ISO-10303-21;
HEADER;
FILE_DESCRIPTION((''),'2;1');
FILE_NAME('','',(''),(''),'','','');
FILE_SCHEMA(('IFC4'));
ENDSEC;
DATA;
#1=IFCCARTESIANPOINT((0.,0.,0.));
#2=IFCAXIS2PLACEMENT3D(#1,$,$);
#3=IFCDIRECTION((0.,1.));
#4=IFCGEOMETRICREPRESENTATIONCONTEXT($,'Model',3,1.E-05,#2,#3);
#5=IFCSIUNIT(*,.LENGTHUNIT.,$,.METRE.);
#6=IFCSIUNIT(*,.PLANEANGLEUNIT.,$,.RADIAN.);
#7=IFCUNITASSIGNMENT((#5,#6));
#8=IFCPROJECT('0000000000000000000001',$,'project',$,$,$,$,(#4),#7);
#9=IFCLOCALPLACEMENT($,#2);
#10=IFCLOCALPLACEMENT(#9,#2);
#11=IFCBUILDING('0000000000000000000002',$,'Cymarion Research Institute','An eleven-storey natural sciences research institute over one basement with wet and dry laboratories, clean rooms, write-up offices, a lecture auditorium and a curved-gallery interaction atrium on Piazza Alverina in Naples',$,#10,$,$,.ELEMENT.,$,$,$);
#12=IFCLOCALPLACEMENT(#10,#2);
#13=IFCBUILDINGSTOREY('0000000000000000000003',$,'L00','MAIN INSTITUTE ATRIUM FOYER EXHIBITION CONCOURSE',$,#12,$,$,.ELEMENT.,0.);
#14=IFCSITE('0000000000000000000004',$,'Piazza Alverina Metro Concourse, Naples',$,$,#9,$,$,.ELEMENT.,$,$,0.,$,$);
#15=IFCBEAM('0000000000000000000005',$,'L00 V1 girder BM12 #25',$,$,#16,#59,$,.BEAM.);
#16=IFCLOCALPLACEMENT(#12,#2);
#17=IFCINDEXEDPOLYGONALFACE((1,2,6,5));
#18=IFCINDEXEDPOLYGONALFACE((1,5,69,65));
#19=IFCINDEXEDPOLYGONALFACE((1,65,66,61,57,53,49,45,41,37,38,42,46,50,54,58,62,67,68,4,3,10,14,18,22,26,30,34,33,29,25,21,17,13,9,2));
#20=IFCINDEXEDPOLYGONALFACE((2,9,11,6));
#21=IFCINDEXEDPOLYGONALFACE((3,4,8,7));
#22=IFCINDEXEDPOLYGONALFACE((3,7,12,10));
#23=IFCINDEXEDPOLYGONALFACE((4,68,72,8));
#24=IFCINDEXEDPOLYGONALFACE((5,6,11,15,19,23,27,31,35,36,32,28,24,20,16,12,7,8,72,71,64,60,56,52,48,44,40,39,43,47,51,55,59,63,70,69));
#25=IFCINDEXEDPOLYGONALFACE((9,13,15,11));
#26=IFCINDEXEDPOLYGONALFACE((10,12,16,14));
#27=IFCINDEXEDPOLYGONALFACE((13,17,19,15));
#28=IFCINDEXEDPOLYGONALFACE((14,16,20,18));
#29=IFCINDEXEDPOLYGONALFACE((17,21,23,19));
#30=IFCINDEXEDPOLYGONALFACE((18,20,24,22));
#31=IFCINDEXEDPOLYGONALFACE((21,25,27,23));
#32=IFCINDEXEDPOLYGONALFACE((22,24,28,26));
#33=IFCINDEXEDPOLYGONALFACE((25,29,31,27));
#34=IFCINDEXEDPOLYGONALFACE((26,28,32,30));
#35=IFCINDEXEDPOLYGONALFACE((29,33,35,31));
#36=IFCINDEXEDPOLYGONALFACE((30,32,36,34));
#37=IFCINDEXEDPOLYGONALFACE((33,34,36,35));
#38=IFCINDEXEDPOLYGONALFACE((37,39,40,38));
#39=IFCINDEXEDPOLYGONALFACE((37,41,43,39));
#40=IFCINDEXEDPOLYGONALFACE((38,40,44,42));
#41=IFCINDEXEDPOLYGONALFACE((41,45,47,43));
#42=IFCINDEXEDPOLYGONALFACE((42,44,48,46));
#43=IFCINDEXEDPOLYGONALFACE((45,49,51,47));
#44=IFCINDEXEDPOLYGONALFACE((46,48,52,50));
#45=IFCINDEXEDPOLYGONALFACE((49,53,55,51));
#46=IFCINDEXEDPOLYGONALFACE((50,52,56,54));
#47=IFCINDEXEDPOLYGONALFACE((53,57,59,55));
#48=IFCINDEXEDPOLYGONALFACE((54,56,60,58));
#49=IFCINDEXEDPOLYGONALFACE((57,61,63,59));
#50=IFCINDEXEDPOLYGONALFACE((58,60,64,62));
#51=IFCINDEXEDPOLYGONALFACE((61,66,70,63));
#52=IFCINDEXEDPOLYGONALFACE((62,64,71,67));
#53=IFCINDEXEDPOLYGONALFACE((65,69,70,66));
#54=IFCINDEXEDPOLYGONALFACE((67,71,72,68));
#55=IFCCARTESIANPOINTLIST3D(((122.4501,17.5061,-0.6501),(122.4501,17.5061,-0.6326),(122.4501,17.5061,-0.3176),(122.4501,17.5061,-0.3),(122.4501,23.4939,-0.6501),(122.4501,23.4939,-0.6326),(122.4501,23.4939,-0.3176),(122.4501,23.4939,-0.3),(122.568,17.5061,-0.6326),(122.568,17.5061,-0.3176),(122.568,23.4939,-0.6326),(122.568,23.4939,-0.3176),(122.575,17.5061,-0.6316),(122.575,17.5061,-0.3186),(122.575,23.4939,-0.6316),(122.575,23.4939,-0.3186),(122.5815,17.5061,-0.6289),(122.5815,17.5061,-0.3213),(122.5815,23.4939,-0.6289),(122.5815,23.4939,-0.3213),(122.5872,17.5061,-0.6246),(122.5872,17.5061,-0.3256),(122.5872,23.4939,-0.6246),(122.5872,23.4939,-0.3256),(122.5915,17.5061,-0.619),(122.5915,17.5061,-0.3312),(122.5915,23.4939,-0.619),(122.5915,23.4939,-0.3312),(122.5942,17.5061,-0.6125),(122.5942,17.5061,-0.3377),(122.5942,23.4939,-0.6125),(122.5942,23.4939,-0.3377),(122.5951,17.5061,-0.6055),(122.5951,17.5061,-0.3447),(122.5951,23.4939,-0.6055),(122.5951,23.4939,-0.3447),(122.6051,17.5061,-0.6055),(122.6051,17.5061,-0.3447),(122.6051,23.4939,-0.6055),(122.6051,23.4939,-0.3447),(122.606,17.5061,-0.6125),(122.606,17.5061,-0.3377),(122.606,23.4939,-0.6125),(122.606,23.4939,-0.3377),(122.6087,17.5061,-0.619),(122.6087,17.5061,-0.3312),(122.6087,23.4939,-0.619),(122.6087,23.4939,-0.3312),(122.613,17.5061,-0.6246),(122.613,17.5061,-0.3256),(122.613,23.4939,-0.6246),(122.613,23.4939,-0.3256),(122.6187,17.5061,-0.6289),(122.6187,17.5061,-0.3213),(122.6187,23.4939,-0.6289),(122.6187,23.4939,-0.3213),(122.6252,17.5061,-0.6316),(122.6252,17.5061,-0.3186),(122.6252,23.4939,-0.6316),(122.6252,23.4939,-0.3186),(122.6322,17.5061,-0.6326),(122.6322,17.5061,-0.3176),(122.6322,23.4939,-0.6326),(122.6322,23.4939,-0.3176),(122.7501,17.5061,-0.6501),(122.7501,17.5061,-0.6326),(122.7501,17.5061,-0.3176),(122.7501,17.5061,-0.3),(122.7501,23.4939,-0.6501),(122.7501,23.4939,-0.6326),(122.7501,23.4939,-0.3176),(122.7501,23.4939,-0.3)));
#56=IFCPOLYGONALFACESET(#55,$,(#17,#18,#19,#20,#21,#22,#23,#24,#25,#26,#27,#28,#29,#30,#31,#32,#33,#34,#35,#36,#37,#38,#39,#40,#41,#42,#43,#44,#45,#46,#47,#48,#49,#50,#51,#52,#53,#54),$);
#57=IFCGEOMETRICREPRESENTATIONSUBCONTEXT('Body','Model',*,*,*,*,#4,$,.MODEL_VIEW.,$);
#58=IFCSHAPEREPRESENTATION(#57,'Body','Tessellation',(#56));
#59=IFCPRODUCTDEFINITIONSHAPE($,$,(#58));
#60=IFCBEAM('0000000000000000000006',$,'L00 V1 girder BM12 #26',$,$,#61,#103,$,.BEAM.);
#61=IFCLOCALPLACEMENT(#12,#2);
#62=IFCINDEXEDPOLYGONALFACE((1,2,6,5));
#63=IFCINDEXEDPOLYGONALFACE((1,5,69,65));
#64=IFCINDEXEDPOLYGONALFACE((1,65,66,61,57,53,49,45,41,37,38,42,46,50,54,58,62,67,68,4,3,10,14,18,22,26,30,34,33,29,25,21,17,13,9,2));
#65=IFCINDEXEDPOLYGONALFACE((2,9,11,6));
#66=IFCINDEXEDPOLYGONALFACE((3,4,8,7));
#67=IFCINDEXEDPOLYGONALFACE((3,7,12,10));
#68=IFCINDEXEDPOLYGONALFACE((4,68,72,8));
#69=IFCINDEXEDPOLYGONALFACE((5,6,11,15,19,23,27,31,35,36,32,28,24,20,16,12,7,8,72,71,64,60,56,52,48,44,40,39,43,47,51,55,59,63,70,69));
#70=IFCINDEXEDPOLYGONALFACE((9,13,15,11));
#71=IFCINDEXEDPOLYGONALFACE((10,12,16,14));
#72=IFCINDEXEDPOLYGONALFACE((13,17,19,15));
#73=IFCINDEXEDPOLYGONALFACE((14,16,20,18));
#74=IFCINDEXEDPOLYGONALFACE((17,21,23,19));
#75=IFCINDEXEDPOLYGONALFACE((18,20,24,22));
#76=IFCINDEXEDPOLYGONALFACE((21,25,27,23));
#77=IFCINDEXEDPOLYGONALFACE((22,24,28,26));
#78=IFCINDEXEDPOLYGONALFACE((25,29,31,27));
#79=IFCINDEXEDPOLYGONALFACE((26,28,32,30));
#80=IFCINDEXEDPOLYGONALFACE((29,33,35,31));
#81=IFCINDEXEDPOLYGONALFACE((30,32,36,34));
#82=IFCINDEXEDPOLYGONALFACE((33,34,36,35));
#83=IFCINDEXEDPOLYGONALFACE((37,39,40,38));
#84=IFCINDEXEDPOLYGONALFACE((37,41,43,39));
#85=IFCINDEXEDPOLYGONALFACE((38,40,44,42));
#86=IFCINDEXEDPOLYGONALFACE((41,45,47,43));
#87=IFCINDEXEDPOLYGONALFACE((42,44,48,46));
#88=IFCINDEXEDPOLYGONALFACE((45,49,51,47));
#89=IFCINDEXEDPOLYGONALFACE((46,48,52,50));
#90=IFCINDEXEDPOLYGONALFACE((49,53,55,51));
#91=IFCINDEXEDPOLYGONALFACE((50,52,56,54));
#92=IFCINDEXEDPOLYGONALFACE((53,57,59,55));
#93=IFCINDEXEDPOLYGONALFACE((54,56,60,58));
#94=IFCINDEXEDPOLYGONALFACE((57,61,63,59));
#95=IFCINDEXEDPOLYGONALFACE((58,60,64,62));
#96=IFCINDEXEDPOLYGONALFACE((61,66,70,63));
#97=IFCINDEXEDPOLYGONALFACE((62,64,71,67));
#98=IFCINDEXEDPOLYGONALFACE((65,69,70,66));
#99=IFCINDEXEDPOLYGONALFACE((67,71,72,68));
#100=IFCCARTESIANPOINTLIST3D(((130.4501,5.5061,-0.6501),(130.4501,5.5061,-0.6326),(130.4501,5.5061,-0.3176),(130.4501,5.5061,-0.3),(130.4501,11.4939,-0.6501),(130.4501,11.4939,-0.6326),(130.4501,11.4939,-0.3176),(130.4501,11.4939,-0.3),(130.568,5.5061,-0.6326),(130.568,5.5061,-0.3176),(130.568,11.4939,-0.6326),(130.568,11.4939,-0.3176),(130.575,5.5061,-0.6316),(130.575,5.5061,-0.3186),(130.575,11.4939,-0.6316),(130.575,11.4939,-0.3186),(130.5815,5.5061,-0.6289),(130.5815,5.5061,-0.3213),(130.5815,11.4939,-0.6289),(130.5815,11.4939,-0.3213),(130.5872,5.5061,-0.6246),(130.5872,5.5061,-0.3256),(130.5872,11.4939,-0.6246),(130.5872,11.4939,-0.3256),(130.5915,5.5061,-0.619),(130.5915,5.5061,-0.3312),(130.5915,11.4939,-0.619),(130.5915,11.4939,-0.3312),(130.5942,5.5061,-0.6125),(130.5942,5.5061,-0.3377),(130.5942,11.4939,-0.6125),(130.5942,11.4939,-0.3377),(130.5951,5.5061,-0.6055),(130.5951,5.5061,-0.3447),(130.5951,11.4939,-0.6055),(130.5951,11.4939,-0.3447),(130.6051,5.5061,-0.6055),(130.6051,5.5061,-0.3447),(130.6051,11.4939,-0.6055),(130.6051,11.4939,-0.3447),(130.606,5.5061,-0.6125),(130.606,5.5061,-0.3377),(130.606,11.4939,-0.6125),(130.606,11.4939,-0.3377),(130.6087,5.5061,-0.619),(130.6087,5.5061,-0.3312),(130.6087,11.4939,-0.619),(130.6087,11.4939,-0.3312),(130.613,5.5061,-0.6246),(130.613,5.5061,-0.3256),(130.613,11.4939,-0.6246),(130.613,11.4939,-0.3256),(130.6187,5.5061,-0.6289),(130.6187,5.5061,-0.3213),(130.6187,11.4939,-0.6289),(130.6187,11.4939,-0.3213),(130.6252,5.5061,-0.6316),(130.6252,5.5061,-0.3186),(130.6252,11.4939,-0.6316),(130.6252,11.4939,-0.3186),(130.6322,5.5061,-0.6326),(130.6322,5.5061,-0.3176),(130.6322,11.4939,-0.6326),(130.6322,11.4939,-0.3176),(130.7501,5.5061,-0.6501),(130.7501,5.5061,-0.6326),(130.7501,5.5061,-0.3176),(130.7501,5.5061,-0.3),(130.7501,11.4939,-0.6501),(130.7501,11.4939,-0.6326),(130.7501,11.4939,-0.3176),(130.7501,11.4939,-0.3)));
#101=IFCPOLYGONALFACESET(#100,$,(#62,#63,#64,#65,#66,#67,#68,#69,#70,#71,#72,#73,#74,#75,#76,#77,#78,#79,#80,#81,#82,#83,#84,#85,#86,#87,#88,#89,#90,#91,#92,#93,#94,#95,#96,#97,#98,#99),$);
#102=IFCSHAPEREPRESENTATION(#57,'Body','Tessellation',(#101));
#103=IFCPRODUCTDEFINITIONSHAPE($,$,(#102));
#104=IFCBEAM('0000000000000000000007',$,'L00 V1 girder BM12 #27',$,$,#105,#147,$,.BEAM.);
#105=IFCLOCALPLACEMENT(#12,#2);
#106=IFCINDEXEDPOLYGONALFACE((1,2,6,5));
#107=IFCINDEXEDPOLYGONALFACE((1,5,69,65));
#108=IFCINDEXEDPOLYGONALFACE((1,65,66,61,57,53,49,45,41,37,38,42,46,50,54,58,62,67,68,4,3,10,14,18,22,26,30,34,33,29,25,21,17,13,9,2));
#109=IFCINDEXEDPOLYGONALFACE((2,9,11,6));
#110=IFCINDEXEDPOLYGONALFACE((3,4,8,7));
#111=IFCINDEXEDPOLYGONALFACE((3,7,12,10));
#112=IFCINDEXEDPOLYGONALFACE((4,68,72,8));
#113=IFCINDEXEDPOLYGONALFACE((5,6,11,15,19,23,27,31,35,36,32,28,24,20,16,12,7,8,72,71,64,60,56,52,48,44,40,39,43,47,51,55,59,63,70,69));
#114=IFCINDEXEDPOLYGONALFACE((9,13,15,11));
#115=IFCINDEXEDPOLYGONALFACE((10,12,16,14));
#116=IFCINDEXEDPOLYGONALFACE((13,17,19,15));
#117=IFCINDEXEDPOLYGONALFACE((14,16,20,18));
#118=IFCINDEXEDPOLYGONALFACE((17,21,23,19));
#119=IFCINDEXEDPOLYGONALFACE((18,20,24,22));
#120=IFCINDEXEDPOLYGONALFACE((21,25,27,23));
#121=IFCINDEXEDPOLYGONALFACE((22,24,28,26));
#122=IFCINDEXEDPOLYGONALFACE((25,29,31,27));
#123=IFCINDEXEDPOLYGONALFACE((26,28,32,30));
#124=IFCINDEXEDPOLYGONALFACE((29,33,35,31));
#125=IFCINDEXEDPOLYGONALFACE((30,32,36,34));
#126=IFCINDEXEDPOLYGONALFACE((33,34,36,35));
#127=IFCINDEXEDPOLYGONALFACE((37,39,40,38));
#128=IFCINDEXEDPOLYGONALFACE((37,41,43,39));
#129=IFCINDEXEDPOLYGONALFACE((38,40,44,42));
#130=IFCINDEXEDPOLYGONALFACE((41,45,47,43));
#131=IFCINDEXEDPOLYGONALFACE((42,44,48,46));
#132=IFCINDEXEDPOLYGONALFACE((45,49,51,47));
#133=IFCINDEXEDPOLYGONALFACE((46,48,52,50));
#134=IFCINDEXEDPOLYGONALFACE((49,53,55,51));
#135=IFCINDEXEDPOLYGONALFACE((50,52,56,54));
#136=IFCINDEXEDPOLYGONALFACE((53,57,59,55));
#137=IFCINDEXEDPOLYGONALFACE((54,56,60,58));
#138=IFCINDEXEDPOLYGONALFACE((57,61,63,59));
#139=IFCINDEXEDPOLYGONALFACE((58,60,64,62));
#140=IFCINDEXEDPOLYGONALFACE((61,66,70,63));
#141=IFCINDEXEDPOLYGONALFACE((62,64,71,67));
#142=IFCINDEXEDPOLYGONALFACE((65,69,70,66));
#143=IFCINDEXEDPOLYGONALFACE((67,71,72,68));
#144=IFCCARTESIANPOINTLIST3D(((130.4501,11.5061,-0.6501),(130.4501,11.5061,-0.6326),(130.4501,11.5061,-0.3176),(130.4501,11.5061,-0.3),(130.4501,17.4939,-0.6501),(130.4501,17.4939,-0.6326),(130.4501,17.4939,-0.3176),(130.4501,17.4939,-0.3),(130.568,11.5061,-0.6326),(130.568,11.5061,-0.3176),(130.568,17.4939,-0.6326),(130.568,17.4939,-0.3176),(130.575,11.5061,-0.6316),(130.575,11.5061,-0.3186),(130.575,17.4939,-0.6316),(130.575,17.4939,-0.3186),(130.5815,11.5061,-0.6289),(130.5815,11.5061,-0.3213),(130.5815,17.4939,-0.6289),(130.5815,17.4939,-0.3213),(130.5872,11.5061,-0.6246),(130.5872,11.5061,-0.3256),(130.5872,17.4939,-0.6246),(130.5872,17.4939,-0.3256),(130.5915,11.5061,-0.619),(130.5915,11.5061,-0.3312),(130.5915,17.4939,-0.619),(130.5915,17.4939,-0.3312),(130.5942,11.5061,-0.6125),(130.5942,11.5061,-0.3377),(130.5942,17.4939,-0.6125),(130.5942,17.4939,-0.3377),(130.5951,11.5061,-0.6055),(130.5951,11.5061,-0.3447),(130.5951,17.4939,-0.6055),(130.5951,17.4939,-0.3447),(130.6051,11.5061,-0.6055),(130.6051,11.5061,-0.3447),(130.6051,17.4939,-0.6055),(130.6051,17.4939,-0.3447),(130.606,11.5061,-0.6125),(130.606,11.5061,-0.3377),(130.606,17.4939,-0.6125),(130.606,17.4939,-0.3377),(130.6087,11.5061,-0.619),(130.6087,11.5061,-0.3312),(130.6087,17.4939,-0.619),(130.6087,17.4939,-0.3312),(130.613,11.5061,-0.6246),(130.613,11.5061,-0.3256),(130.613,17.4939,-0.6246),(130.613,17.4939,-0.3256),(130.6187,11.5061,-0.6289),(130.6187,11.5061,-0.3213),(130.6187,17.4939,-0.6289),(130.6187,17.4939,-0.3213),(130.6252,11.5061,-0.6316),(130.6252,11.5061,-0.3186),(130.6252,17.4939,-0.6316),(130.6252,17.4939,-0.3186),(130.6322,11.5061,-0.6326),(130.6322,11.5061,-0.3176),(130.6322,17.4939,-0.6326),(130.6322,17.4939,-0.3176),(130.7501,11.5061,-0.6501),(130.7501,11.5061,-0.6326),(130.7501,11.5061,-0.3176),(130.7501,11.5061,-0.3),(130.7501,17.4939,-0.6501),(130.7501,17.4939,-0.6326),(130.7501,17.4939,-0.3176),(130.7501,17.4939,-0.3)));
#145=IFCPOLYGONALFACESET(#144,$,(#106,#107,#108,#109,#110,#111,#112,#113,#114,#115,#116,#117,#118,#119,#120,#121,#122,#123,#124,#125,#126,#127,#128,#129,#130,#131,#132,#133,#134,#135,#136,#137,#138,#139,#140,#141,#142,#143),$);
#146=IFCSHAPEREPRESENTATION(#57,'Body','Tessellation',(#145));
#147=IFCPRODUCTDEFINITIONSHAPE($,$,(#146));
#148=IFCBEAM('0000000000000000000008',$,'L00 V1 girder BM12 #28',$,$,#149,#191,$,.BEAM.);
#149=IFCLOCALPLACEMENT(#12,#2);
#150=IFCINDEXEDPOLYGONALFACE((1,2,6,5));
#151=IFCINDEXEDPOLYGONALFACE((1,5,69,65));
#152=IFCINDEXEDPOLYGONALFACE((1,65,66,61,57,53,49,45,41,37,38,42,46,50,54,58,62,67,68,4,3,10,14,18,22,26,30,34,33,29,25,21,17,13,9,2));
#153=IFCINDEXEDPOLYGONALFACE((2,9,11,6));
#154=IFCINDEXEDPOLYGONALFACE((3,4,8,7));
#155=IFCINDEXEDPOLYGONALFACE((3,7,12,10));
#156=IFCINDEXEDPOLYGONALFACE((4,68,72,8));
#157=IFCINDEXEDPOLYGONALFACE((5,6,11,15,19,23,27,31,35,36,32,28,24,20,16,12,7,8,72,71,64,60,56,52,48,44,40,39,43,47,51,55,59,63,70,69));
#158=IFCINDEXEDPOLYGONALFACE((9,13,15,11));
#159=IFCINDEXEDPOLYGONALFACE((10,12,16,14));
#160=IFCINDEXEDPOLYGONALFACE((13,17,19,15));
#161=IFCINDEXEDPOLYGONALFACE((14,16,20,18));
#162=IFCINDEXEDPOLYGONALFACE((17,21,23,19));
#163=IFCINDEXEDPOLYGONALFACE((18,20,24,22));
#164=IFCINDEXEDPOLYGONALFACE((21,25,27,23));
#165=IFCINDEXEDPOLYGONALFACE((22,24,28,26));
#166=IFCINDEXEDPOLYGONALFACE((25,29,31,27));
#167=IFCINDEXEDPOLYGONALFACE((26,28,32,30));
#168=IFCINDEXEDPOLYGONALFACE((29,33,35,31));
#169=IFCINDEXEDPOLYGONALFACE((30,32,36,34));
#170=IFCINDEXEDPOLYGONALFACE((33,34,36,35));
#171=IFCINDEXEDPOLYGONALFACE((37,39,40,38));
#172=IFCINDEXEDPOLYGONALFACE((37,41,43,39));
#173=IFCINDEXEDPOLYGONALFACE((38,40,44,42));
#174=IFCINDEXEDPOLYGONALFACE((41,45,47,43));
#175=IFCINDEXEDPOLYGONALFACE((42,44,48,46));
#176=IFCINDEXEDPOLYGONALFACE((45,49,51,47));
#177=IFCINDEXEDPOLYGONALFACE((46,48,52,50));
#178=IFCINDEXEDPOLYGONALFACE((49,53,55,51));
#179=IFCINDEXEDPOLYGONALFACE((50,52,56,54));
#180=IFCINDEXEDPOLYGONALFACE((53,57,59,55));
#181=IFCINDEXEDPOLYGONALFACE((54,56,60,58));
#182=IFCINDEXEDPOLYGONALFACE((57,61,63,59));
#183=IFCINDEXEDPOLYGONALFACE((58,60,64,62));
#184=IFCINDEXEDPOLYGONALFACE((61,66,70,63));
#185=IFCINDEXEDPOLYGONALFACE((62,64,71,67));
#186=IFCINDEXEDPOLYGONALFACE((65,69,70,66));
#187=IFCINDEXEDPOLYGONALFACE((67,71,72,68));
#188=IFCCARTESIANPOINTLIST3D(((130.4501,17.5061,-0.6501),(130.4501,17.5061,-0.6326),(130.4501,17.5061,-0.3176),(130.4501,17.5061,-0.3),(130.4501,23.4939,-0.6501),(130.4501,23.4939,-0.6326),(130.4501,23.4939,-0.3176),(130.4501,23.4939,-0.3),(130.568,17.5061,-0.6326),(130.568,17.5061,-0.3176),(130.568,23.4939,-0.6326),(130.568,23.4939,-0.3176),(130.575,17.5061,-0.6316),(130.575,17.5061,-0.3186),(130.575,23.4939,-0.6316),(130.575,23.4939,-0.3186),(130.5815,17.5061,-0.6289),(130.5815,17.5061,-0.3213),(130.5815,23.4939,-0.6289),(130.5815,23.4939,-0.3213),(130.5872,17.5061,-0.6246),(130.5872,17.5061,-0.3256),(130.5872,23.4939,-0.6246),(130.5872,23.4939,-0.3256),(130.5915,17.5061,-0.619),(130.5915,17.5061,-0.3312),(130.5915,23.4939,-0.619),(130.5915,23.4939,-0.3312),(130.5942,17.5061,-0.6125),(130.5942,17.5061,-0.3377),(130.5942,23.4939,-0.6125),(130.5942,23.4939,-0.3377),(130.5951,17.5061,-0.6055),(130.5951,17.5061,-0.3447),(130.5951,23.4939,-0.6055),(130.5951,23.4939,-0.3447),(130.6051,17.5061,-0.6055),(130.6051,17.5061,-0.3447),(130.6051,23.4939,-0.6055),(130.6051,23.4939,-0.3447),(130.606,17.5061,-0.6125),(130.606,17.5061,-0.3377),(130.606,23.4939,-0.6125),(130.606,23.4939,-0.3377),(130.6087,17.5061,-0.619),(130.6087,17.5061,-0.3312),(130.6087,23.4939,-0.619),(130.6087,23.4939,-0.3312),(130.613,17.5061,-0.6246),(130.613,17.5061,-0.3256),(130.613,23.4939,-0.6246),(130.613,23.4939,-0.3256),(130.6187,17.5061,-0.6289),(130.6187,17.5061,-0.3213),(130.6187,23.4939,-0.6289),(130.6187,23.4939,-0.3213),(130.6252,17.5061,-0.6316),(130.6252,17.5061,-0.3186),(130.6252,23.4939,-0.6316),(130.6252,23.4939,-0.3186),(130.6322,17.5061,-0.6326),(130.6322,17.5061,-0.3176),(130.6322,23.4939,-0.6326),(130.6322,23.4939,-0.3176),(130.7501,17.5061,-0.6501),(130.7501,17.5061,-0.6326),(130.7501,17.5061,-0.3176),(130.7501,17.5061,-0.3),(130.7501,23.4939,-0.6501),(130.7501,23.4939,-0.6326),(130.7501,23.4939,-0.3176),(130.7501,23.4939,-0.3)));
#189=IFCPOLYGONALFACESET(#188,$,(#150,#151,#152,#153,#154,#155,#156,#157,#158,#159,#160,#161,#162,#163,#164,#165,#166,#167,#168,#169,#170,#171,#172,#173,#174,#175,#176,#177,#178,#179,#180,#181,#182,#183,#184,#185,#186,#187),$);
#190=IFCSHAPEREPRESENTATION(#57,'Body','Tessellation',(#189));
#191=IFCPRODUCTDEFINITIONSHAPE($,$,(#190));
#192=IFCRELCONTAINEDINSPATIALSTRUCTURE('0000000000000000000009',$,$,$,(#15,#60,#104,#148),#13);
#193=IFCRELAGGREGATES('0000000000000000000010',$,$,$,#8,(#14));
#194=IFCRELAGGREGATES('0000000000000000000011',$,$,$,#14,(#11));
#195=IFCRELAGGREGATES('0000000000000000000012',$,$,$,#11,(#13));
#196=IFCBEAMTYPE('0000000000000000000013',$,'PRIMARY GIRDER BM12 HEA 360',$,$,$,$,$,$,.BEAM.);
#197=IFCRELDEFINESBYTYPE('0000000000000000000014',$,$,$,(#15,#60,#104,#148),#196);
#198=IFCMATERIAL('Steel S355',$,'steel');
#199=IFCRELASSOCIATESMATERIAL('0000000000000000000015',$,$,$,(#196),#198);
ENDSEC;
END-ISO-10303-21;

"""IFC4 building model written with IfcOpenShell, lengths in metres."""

from ifc_helpers import new_model, si_unit, direction, frame, origin, origin_2d, place, context, subcontext, project, spatial, i_section, extrude, material, material_profile, profile_set, type_object, element, save


model = new_model("IFC4")

# Units and contexts
model_context = context("Model", 3, precision=1e-05, world=origin(), true_north=direction((0.0, 1.0)))
body_context = subcontext(model_context, "Body", "Model", "MODEL_VIEW")
ifc_project = project(units=[si_unit("LENGTHUNIT", "METRE"), si_unit("PLANEANGLEUNIT", "RADIAN")], contexts=[model_context])

# Site, building, storey
site_placement = place(None, origin())
site = spatial("IfcSite", under=ifc_project, at=site_placement, Name="Piazza Alverina Metro Concourse, Naples", CompositionType="ELEMENT", RefElevation=0.0)
building_placement = place(site_placement, origin())
building = spatial("IfcBuilding", under=site, at=building_placement, Name="Cymarion Research Institute", Description="An eleven-storey natural sciences research institute over one basement with wet and dry laboratories, clean rooms, write-up offices, a lecture auditorium and a curved-gallery interaction atrium on Piazza Alverina in Naples", CompositionType="ELEMENT")
storey_placement = place(building_placement, origin())
storey = spatial("IfcBuildingStorey", under=building, at=storey_placement, Name="L00", Description="MAIN INSTITUTE ATRIUM FOYER EXHIBITION CONCOURSE", CompositionType="ELEMENT", Elevation=0.0)

# Shared definitions
ifc_material_1 = material(Name="Steel S355", Category="steel")

# Beams
ifc_material_profile_1 = material_profile(ifc_material_1, i_section(OverallWidth=0.3, OverallDepth=0.3501, WebThickness=0.01, FlangeThickness=0.0176, FilletRadius=0.0271, at=origin_2d()), Name="HEA 360")
ifc_profile_set_1 = profile_set([ifc_material_profile_1], Name="Steel S355")
beam_type_1 = type_object("IfcBeamType", Name="PRIMARY GIRDER BM12 HEA 360", PredefinedType="BEAM", material=ifc_profile_set_1)
for number, where, z_axis, x_axis, name in (
    (1, (122.6001, 17.5061, -0.4751), (0.0, 1.0, 0.0), (-1.0, 0.0, 0.0), "L00 V1 girder BM12 #25"),
    (2, (130.6001, 5.5061, -0.4751), (0.0, 1.0, 0.0), (-1.0, 0.0, 0.0), "L00 V1 girder BM12 #26"),
    (3, (130.6001, 11.5061, -0.4751), (0.0, 1.0, 0.0), (-1.0, 0.0, 0.0), "L00 V1 girder BM12 #27"),
    (4, (130.6001, 17.5061, -0.4751), (0.0, 1.0, 0.0), (-1.0, 0.0, 0.0), "L00 V1 girder BM12 #28"),
):
    element("IfcBeam", number, at=place(storey_placement, frame(where, z_axis=z_axis, x_axis=x_axis)), inside=storey, type_object=beam_type_1, Name=name, PredefinedType="BEAM", context=body_context, shape_type="SweptSolid", body=[
        extrude(i_section(OverallWidth=0.3, OverallDepth=0.3501, WebThickness=0.01, FlangeThickness=0.0176, FilletRadius=0.0271, at=origin_2d()), origin(), (0.0, 0.0, 1.0), 5.9878),
    ])

save(model, "model.ifc")
